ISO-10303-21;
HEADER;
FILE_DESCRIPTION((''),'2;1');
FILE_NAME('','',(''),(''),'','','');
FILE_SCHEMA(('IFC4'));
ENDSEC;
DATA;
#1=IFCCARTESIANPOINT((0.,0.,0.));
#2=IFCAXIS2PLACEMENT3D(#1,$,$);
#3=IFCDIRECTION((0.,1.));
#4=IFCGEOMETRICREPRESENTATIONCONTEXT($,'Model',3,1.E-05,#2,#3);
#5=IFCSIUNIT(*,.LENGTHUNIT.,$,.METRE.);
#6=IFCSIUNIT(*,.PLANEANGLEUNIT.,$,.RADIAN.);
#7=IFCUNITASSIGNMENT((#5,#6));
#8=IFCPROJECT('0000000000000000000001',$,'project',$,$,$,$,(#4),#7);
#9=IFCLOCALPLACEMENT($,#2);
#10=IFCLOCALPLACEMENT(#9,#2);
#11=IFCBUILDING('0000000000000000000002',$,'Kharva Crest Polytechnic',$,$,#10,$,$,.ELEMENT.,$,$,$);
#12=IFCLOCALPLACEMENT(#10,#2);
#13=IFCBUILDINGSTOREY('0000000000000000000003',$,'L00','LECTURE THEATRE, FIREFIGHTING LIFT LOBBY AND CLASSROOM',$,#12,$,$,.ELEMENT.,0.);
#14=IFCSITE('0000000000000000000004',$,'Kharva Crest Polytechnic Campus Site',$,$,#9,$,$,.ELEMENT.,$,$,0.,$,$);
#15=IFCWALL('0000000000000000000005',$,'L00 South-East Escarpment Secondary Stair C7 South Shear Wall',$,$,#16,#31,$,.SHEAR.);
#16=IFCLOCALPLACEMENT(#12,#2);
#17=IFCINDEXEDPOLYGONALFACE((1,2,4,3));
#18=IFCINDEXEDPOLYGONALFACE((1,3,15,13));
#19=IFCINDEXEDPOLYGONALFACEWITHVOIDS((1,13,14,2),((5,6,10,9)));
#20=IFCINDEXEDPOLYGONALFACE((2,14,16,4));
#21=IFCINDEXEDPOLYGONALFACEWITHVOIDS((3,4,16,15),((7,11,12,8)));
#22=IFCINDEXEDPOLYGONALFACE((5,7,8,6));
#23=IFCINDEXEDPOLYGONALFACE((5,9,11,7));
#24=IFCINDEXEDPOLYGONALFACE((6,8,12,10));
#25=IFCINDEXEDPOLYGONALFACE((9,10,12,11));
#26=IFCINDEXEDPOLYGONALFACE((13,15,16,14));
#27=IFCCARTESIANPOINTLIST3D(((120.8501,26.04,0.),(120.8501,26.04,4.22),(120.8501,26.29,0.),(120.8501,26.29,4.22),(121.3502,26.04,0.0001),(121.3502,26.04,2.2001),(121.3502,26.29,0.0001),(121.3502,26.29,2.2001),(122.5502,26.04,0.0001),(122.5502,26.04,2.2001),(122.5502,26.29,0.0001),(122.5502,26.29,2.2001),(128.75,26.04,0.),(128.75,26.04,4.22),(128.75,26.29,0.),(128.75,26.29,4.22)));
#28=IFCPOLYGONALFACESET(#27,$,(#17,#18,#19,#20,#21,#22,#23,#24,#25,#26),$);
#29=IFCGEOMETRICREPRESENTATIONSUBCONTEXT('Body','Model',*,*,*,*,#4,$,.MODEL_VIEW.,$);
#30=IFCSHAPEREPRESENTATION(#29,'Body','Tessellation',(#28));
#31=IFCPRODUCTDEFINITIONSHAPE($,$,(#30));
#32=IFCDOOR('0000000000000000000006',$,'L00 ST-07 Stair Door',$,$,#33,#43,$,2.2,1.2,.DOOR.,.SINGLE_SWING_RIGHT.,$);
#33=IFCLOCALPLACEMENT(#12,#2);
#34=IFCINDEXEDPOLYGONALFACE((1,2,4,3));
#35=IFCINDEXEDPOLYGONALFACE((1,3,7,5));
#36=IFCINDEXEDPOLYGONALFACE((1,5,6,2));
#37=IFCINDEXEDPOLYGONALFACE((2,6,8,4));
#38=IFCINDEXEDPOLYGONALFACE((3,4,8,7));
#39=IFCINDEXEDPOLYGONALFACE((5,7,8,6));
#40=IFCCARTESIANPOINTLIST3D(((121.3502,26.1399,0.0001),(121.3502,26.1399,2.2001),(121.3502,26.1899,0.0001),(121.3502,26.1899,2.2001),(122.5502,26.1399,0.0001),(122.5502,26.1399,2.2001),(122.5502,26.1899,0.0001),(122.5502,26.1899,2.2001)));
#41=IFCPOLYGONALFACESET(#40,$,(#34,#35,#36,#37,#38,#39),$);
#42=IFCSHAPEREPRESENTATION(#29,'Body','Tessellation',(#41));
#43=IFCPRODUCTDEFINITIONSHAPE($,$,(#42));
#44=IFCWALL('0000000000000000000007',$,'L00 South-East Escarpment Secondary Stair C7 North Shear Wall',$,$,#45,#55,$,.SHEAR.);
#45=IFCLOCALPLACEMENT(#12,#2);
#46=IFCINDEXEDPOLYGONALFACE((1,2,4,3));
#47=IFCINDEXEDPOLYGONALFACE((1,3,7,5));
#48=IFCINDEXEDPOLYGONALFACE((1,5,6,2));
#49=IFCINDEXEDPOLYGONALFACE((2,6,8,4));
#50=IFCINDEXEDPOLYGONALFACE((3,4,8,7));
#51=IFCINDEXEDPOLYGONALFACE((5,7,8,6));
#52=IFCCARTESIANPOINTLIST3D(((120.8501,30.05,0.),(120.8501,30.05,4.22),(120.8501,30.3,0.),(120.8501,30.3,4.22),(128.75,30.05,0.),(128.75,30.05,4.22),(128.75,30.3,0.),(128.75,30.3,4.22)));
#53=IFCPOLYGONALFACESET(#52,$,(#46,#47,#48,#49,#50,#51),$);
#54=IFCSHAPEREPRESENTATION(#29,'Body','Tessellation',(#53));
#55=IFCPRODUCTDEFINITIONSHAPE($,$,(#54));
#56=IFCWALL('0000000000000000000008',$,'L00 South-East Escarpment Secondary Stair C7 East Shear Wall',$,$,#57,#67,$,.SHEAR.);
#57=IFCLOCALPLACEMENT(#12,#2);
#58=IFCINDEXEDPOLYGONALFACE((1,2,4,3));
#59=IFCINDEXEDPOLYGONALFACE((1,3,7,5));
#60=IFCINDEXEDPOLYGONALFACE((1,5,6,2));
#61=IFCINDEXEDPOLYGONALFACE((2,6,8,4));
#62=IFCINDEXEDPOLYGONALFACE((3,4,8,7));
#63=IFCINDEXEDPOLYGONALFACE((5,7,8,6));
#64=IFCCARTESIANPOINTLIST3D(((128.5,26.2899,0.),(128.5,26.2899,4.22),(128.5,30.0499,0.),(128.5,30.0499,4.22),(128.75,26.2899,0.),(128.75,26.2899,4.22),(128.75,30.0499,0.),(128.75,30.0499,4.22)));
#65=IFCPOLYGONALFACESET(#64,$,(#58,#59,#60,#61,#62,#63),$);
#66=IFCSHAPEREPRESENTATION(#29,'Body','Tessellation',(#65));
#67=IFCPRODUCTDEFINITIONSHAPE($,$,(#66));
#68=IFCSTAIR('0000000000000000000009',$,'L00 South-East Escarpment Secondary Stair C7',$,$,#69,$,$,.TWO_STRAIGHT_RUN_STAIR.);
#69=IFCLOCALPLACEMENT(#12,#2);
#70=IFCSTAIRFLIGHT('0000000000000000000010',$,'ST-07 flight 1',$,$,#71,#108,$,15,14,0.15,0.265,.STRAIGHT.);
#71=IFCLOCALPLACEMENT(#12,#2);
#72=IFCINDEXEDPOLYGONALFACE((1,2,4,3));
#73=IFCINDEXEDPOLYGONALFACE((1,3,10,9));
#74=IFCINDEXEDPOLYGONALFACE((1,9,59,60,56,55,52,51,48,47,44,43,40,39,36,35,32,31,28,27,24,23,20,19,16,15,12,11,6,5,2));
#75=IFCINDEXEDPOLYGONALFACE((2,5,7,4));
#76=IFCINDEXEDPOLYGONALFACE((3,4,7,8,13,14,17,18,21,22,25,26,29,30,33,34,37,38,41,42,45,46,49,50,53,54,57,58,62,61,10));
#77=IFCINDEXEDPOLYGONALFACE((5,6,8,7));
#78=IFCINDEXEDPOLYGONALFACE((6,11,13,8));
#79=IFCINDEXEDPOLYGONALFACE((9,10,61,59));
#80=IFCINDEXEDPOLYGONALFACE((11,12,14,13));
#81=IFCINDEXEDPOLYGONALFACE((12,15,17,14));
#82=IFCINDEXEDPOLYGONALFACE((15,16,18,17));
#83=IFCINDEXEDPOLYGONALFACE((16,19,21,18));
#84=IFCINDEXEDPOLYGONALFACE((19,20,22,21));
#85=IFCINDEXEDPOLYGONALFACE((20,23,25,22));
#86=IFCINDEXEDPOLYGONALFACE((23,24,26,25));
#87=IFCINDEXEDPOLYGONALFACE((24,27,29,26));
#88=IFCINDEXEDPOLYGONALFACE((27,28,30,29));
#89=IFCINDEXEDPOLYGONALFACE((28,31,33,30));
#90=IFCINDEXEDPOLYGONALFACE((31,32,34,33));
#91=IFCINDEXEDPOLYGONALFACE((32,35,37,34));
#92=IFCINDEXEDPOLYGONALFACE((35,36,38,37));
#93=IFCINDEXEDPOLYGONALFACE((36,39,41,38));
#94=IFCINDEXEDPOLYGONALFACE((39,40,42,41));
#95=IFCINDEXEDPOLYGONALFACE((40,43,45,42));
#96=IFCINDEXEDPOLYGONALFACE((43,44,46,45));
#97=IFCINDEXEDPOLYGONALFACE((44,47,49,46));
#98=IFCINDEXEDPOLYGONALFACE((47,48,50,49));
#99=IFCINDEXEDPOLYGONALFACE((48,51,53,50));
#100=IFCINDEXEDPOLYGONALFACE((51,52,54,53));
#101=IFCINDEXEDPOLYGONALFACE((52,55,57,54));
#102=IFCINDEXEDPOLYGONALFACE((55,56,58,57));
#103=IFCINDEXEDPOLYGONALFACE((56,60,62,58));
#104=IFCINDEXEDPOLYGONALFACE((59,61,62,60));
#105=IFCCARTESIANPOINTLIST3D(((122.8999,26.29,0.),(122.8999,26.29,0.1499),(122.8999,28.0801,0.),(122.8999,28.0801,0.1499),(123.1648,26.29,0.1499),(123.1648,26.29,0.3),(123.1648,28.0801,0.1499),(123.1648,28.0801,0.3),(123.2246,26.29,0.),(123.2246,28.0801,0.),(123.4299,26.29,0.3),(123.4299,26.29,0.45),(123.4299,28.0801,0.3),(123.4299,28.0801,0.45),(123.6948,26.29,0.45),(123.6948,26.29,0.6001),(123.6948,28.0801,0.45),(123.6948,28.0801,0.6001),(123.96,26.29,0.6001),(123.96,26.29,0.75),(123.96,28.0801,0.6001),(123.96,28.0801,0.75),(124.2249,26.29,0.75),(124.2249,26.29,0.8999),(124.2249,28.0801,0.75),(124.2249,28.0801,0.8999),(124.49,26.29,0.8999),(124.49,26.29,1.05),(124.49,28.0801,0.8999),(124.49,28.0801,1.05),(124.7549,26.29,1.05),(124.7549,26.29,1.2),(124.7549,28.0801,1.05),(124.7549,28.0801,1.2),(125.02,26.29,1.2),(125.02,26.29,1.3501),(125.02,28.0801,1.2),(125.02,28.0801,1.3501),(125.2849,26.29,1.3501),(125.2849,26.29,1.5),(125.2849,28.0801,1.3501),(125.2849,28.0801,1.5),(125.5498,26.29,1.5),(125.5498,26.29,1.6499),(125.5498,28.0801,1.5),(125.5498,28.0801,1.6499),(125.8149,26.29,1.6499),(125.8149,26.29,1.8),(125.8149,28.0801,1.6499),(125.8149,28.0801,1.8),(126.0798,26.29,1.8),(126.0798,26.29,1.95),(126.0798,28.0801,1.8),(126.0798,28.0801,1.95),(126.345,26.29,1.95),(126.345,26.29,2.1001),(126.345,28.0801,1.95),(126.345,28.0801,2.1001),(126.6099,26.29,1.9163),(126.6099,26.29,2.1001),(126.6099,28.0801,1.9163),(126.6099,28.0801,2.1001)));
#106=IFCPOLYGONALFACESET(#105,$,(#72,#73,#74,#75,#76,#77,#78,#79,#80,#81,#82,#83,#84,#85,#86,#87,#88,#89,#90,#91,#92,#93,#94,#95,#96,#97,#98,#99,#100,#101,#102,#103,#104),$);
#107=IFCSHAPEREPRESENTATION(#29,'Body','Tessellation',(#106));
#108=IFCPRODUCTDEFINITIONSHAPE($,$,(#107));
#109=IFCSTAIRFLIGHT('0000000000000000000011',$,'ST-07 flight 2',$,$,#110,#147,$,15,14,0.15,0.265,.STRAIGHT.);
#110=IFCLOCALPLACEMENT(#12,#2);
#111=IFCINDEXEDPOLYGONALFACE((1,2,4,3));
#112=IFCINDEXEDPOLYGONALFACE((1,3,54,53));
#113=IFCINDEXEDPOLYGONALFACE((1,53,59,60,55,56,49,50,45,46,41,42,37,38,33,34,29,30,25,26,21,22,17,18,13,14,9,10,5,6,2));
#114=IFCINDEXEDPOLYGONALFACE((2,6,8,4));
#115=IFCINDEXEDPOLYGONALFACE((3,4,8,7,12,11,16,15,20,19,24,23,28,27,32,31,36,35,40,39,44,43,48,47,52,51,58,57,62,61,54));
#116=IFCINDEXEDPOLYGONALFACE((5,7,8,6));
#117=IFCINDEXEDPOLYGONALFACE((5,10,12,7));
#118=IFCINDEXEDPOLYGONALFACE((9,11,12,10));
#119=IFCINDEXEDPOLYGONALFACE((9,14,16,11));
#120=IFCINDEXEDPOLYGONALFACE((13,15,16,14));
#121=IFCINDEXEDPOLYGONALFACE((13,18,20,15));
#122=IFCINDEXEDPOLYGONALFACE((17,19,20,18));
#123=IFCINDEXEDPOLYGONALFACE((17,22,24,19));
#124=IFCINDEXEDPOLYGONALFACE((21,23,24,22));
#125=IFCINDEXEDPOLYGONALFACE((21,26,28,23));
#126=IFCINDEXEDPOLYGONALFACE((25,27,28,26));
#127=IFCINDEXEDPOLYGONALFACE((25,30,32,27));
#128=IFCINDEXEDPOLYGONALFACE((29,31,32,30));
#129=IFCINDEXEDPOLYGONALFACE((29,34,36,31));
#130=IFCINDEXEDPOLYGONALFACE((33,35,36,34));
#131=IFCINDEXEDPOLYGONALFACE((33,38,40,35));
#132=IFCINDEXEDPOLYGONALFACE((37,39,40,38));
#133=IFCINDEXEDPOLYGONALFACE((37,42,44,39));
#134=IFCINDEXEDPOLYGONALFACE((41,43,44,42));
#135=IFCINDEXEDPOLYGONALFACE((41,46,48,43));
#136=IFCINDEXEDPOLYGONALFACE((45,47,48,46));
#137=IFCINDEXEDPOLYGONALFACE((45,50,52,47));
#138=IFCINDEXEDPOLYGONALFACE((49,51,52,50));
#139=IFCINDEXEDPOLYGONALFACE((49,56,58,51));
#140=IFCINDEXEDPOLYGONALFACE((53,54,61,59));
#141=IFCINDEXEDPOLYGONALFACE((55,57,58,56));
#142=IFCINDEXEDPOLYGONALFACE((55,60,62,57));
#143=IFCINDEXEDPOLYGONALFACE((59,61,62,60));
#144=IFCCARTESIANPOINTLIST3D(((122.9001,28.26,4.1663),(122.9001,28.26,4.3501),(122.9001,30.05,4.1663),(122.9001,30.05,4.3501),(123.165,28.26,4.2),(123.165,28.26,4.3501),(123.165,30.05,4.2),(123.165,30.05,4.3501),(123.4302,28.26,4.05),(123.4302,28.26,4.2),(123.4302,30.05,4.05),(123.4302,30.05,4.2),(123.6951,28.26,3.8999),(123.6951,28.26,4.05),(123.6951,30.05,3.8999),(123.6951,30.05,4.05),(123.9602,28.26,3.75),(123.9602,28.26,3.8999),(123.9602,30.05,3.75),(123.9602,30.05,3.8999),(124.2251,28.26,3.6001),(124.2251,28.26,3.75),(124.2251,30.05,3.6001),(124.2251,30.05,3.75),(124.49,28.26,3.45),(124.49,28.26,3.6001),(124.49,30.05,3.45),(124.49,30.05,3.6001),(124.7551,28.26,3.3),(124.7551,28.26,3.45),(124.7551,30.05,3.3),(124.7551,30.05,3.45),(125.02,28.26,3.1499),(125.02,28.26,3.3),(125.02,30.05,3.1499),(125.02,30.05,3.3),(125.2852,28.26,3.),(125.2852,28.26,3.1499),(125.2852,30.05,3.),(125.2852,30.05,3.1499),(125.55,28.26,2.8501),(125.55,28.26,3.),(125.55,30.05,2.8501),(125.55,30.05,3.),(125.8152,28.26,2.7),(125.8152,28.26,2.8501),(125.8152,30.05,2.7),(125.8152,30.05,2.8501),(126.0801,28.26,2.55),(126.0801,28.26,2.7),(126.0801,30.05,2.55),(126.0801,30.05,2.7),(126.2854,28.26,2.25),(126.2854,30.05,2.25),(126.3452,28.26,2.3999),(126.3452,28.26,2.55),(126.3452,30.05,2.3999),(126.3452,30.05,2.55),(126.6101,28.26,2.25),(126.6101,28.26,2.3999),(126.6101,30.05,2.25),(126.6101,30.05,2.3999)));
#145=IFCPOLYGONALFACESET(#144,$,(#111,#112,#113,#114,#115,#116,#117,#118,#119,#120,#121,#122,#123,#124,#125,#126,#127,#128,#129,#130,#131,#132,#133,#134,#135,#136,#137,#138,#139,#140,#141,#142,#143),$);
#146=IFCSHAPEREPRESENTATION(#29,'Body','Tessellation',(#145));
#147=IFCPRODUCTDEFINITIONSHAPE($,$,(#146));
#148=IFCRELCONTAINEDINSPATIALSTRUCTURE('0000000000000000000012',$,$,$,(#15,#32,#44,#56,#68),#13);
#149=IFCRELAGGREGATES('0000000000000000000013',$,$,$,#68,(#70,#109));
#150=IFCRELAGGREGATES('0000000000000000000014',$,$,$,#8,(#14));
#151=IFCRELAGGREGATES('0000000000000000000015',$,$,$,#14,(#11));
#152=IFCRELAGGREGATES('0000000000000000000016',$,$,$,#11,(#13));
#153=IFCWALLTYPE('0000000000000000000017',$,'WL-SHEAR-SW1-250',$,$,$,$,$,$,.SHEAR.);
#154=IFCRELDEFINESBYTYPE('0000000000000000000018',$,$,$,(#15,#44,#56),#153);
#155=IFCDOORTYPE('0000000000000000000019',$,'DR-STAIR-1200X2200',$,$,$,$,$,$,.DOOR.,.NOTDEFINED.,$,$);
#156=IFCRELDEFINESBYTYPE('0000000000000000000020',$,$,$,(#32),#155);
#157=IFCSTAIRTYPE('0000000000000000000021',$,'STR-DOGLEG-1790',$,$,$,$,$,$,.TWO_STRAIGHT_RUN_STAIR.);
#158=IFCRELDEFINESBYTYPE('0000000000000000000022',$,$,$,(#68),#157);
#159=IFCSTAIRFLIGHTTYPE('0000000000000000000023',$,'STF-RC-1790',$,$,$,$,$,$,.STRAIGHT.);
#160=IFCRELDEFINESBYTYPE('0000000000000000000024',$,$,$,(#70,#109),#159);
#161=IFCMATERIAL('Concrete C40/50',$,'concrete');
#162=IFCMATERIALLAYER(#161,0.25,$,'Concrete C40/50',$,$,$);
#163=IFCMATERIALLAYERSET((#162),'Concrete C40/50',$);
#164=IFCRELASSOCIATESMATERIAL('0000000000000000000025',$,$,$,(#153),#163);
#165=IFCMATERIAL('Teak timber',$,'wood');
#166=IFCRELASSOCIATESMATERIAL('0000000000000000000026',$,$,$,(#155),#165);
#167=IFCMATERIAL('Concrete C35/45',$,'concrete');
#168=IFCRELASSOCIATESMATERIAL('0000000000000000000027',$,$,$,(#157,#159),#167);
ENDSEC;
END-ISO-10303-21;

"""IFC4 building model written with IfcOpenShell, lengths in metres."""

from ifc_helpers import new_model, si_unit, direction, frame, frame_2d, origin, place, context, subcontext, project, spatial, polyline, rectangle, outline, extrude, material, layer, layer_set, type_object, element, fill, aggregate, save


model = new_model("IFC4")

# Units and contexts
model_context = context("Model", 3, precision=1e-05, world=origin(), true_north=direction((0.0, 1.0)))
body_context = subcontext(model_context, "Body", "Model", "MODEL_VIEW")
ifc_project = project(units=[si_unit("LENGTHUNIT", "METRE"), si_unit("PLANEANGLEUNIT", "RADIAN")], contexts=[model_context])

# Site, building, storey
site_placement = place(None, origin())
site = spatial("IfcSite", under=ifc_project, at=site_placement, Name="Kharva Crest Polytechnic Campus Site", CompositionType="ELEMENT", RefElevation=0.0)
building_placement = place(site_placement, origin())
building = spatial("IfcBuilding", under=site, at=building_placement, Name="Kharva Crest Polytechnic", CompositionType="ELEMENT")
storey_placement = place(building_placement, origin())
storey = spatial("IfcBuildingStorey", under=building, at=storey_placement, Name="L00", Description="LECTURE THEATRE, FIREFIGHTING LIFT LOBBY AND CLASSROOM", CompositionType="ELEMENT", Elevation=0.0)

# Shared definitions
ifc_material_1 = material(Name="Concrete C40/50", Category="concrete")

# Shared definitions
ifc_material_2 = material(Name="Concrete C35/45", Category="concrete")

# Wall, opening, door
ifc_layer_1 = layer(ifc_material_1, 0.25, Name="Concrete C40/50")
ifc_layer_set_1 = layer_set([ifc_layer_1], Name="Concrete C40/50")
wall_type_1 = type_object("IfcWallType", Name="WL-SHEAR-SW1-250", PredefinedType="SHEAR", material=ifc_layer_set_1)
wall_1_placement = place(storey_placement, frame((120.8501, 26.165, 0.0), z_axis=(0.0, 0.0, 1.0), x_axis=(1.0, 0.0, 0.0)))
wall_1 = element("IfcWall", 1, at=wall_1_placement, inside=storey, type_object=wall_type_1, Name="L00 South-East Escarpment Secondary Stair C7 South Shear Wall", PredefinedType="SHEAR", context=body_context, shape_type="SweptSolid", body=[
    extrude(rectangle(XDim=7.8999, YDim=0.25, at=frame_2d((3.95, 0.0))), origin(), (0.0, 0.0, 1.0), 4.22),
])
opening_1_placement = place(wall_1_placement, frame((0.5, 0.0, 0.0)))
opening_1 = element("IfcOpeningElement", 2, at=opening_1_placement, cuts=wall_1, PredefinedType="OPENING", context=body_context, shape_type="SweptSolid", body=[
    extrude(rectangle(XDim=1.2, YDim=2.2, at=frame_2d((0.6001, 1.1001))), frame((0.0, 0.135, 0.0), z_axis=(0.0, -1.0, 0.0), x_axis=(1.0, 0.0, 0.0)), (0.0, 0.0, 1.0), 0.27),
])
ifc_material_3 = material(Name="Teak timber", Category="wood")
door_type = type_object("IfcDoorType", Name="DR-STAIR-1200X2200", OperationType="NOTDEFINED", PredefinedType="DOOR", material=ifc_material_3)
door_placement = place(opening_1_placement, origin())
door = element("IfcDoor", 3, at=door_placement, inside=storey, type_object=door_type, Name="L00 ST-07 Stair Door", OperationType="SINGLE_SWING_RIGHT", OverallHeight=2.2, OverallWidth=1.2, PredefinedType="DOOR", context=body_context, shape_type="SweptSolid", body=[
    extrude(rectangle(XDim=1.2, YDim=2.2, at=frame_2d((0.6001, 1.1001))), frame((0.0, 0.0249, 0.0), z_axis=(0.0, -1.0, 0.0), x_axis=(1.0, 0.0, 0.0)), (0.0, 0.0, 1.0), 0.05),
])
fill(opening_1, door)

# Walls
wall_2_placement = place(storey_placement, frame((120.8501, 30.175, 0.0), z_axis=(0.0, 0.0, 1.0), x_axis=(1.0, 0.0, 0.0)))
element("IfcWall", 4, at=wall_2_placement, inside=storey, type_object=wall_type_1, Name="L00 South-East Escarpment Secondary Stair C7 North Shear Wall", PredefinedType="SHEAR", context=body_context, shape_type="SweptSolid", body=[
    extrude(rectangle(XDim=7.8999, YDim=0.25, at=frame_2d((3.95, 0.0))), origin(), (0.0, 0.0, 1.0), 4.22),
])
wall_3_placement = place(storey_placement, frame((128.625, 26.29, 0.0), z_axis=(0.0, 0.0, 1.0), x_axis=(0.0, 1.0, 0.0)))
element("IfcWall", 5, at=wall_3_placement, inside=storey, type_object=wall_type_1, Name="L00 South-East Escarpment Secondary Stair C7 East Shear Wall", PredefinedType="SHEAR", context=body_context, shape_type="SweptSolid", body=[
    extrude(rectangle(XDim=3.76, YDim=0.25, at=frame_2d((1.8799, 0.0))), origin(), (0.0, 0.0, 1.0), 4.22),
])

# Stair, stair flights
stair_type = type_object("IfcStairType", Name="STR-DOGLEG-1790", PredefinedType="TWO_STRAIGHT_RUN_STAIR", material=ifc_material_2)
stair_placement = place(storey_placement, origin())
stair = element("IfcStair", 6, at=stair_placement, inside=storey, type_object=stair_type, Name="L00 South-East Escarpment Secondary Stair C7", PredefinedType="TWO_STRAIGHT_RUN_STAIR")
stair_flight_type = type_object("IfcStairFlightType", Name="STF-RC-1790", PredefinedType="STRAIGHT", material=ifc_material_2)
stair_flight_1_placement = place(storey_placement, frame((122.8999, 27.1851, 0.0), z_axis=(0.0, 0.0, 1.0), x_axis=(1.0, 0.0, 0.0)))
stair_flight_1 = element("IfcStairFlight", 7, at=stair_flight_1_placement, type_object=stair_flight_type, Name="ST-07 flight 1", NumberOfRisers=15, NumberOfTreads=14, PredefinedType="STRAIGHT", RiserHeight=0.15, TreadLength=0.265, context=body_context, shape_type="SweptSolid", body=[
    extrude(outline(polyline([(0.0, 0.0), (0.0, 0.1499), (0.2649, 0.1499), (0.2649, 0.3), (0.53, 0.3), (0.53, 0.45), (0.7949, 0.45), (0.7949, 0.6001), (1.0601, 0.6001), (1.0601, 0.75), (1.325, 0.75), (1.325, 0.8999), (1.5901, 0.8999), (1.5901, 1.05), (1.855, 1.05), (1.855, 1.2), (2.1201, 1.2), (2.1201, 1.3501), (2.385, 1.3501), (2.385, 1.5), (2.6499, 1.5), (2.6499, 1.6499), (2.915, 1.6499), (2.915, 1.8), (3.1799, 1.8), (3.1799, 1.95), (3.4451, 1.95), (3.4451, 2.1001), (3.71, 2.1001), (3.71, 2.25), (3.71, 1.9163), (0.3247, 0.0), (0.0, 0.0)])), frame((0.0, 0.895, 0.0), z_axis=(0.0, -1.0, 0.0), x_axis=(1.0, 0.0, 0.0)), (0.0, 0.0, 1.0), 1.79),
])
stair_flight_2_placement = place(storey_placement, frame((126.6101, 29.155, 2.25), z_axis=(0.0, 0.0, 1.0), x_axis=(-1.0, 0.0, 0.0)))
stair_flight_2 = element("IfcStairFlight", 8, at=stair_flight_2_placement, type_object=stair_flight_type, Name="ST-07 flight 2", NumberOfRisers=15, NumberOfTreads=14, PredefinedType="STRAIGHT", RiserHeight=0.15, TreadLength=0.265, context=body_context, shape_type="SweptSolid", body=[
    extrude(outline(polyline([(0.0, 0.0), (0.0, 0.1499), (0.2649, 0.1499), (0.2649, 0.3), (0.53, 0.3), (0.53, 0.45), (0.7949, 0.45), (0.7949, 0.6001), (1.0601, 0.6001), (1.0601, 0.75), (1.325, 0.75), (1.325, 0.8999), (1.5901, 0.8999), (1.5901, 1.05), (1.855, 1.05), (1.855, 1.2), (2.1201, 1.2), (2.1201, 1.3501), (2.385, 1.3501), (2.385, 1.5), (2.6499, 1.5), (2.6499, 1.6499), (2.915, 1.6499), (2.915, 1.8), (3.1799, 1.8), (3.1799, 1.95), (3.4451, 1.95), (3.4451, 2.1001), (3.71, 2.1001), (3.71, 2.25), (3.71, 1.9163), (0.3247, 0.0), (0.0, 0.0)])), frame((0.0, 0.895, 0.0), z_axis=(0.0, -1.0, 0.0), x_axis=(1.0, 0.0, 0.0)), (0.0, 0.0, 1.0), 1.79),
])
aggregate(stair, [stair_flight_1, stair_flight_2])

save(model, "model.ifc")
